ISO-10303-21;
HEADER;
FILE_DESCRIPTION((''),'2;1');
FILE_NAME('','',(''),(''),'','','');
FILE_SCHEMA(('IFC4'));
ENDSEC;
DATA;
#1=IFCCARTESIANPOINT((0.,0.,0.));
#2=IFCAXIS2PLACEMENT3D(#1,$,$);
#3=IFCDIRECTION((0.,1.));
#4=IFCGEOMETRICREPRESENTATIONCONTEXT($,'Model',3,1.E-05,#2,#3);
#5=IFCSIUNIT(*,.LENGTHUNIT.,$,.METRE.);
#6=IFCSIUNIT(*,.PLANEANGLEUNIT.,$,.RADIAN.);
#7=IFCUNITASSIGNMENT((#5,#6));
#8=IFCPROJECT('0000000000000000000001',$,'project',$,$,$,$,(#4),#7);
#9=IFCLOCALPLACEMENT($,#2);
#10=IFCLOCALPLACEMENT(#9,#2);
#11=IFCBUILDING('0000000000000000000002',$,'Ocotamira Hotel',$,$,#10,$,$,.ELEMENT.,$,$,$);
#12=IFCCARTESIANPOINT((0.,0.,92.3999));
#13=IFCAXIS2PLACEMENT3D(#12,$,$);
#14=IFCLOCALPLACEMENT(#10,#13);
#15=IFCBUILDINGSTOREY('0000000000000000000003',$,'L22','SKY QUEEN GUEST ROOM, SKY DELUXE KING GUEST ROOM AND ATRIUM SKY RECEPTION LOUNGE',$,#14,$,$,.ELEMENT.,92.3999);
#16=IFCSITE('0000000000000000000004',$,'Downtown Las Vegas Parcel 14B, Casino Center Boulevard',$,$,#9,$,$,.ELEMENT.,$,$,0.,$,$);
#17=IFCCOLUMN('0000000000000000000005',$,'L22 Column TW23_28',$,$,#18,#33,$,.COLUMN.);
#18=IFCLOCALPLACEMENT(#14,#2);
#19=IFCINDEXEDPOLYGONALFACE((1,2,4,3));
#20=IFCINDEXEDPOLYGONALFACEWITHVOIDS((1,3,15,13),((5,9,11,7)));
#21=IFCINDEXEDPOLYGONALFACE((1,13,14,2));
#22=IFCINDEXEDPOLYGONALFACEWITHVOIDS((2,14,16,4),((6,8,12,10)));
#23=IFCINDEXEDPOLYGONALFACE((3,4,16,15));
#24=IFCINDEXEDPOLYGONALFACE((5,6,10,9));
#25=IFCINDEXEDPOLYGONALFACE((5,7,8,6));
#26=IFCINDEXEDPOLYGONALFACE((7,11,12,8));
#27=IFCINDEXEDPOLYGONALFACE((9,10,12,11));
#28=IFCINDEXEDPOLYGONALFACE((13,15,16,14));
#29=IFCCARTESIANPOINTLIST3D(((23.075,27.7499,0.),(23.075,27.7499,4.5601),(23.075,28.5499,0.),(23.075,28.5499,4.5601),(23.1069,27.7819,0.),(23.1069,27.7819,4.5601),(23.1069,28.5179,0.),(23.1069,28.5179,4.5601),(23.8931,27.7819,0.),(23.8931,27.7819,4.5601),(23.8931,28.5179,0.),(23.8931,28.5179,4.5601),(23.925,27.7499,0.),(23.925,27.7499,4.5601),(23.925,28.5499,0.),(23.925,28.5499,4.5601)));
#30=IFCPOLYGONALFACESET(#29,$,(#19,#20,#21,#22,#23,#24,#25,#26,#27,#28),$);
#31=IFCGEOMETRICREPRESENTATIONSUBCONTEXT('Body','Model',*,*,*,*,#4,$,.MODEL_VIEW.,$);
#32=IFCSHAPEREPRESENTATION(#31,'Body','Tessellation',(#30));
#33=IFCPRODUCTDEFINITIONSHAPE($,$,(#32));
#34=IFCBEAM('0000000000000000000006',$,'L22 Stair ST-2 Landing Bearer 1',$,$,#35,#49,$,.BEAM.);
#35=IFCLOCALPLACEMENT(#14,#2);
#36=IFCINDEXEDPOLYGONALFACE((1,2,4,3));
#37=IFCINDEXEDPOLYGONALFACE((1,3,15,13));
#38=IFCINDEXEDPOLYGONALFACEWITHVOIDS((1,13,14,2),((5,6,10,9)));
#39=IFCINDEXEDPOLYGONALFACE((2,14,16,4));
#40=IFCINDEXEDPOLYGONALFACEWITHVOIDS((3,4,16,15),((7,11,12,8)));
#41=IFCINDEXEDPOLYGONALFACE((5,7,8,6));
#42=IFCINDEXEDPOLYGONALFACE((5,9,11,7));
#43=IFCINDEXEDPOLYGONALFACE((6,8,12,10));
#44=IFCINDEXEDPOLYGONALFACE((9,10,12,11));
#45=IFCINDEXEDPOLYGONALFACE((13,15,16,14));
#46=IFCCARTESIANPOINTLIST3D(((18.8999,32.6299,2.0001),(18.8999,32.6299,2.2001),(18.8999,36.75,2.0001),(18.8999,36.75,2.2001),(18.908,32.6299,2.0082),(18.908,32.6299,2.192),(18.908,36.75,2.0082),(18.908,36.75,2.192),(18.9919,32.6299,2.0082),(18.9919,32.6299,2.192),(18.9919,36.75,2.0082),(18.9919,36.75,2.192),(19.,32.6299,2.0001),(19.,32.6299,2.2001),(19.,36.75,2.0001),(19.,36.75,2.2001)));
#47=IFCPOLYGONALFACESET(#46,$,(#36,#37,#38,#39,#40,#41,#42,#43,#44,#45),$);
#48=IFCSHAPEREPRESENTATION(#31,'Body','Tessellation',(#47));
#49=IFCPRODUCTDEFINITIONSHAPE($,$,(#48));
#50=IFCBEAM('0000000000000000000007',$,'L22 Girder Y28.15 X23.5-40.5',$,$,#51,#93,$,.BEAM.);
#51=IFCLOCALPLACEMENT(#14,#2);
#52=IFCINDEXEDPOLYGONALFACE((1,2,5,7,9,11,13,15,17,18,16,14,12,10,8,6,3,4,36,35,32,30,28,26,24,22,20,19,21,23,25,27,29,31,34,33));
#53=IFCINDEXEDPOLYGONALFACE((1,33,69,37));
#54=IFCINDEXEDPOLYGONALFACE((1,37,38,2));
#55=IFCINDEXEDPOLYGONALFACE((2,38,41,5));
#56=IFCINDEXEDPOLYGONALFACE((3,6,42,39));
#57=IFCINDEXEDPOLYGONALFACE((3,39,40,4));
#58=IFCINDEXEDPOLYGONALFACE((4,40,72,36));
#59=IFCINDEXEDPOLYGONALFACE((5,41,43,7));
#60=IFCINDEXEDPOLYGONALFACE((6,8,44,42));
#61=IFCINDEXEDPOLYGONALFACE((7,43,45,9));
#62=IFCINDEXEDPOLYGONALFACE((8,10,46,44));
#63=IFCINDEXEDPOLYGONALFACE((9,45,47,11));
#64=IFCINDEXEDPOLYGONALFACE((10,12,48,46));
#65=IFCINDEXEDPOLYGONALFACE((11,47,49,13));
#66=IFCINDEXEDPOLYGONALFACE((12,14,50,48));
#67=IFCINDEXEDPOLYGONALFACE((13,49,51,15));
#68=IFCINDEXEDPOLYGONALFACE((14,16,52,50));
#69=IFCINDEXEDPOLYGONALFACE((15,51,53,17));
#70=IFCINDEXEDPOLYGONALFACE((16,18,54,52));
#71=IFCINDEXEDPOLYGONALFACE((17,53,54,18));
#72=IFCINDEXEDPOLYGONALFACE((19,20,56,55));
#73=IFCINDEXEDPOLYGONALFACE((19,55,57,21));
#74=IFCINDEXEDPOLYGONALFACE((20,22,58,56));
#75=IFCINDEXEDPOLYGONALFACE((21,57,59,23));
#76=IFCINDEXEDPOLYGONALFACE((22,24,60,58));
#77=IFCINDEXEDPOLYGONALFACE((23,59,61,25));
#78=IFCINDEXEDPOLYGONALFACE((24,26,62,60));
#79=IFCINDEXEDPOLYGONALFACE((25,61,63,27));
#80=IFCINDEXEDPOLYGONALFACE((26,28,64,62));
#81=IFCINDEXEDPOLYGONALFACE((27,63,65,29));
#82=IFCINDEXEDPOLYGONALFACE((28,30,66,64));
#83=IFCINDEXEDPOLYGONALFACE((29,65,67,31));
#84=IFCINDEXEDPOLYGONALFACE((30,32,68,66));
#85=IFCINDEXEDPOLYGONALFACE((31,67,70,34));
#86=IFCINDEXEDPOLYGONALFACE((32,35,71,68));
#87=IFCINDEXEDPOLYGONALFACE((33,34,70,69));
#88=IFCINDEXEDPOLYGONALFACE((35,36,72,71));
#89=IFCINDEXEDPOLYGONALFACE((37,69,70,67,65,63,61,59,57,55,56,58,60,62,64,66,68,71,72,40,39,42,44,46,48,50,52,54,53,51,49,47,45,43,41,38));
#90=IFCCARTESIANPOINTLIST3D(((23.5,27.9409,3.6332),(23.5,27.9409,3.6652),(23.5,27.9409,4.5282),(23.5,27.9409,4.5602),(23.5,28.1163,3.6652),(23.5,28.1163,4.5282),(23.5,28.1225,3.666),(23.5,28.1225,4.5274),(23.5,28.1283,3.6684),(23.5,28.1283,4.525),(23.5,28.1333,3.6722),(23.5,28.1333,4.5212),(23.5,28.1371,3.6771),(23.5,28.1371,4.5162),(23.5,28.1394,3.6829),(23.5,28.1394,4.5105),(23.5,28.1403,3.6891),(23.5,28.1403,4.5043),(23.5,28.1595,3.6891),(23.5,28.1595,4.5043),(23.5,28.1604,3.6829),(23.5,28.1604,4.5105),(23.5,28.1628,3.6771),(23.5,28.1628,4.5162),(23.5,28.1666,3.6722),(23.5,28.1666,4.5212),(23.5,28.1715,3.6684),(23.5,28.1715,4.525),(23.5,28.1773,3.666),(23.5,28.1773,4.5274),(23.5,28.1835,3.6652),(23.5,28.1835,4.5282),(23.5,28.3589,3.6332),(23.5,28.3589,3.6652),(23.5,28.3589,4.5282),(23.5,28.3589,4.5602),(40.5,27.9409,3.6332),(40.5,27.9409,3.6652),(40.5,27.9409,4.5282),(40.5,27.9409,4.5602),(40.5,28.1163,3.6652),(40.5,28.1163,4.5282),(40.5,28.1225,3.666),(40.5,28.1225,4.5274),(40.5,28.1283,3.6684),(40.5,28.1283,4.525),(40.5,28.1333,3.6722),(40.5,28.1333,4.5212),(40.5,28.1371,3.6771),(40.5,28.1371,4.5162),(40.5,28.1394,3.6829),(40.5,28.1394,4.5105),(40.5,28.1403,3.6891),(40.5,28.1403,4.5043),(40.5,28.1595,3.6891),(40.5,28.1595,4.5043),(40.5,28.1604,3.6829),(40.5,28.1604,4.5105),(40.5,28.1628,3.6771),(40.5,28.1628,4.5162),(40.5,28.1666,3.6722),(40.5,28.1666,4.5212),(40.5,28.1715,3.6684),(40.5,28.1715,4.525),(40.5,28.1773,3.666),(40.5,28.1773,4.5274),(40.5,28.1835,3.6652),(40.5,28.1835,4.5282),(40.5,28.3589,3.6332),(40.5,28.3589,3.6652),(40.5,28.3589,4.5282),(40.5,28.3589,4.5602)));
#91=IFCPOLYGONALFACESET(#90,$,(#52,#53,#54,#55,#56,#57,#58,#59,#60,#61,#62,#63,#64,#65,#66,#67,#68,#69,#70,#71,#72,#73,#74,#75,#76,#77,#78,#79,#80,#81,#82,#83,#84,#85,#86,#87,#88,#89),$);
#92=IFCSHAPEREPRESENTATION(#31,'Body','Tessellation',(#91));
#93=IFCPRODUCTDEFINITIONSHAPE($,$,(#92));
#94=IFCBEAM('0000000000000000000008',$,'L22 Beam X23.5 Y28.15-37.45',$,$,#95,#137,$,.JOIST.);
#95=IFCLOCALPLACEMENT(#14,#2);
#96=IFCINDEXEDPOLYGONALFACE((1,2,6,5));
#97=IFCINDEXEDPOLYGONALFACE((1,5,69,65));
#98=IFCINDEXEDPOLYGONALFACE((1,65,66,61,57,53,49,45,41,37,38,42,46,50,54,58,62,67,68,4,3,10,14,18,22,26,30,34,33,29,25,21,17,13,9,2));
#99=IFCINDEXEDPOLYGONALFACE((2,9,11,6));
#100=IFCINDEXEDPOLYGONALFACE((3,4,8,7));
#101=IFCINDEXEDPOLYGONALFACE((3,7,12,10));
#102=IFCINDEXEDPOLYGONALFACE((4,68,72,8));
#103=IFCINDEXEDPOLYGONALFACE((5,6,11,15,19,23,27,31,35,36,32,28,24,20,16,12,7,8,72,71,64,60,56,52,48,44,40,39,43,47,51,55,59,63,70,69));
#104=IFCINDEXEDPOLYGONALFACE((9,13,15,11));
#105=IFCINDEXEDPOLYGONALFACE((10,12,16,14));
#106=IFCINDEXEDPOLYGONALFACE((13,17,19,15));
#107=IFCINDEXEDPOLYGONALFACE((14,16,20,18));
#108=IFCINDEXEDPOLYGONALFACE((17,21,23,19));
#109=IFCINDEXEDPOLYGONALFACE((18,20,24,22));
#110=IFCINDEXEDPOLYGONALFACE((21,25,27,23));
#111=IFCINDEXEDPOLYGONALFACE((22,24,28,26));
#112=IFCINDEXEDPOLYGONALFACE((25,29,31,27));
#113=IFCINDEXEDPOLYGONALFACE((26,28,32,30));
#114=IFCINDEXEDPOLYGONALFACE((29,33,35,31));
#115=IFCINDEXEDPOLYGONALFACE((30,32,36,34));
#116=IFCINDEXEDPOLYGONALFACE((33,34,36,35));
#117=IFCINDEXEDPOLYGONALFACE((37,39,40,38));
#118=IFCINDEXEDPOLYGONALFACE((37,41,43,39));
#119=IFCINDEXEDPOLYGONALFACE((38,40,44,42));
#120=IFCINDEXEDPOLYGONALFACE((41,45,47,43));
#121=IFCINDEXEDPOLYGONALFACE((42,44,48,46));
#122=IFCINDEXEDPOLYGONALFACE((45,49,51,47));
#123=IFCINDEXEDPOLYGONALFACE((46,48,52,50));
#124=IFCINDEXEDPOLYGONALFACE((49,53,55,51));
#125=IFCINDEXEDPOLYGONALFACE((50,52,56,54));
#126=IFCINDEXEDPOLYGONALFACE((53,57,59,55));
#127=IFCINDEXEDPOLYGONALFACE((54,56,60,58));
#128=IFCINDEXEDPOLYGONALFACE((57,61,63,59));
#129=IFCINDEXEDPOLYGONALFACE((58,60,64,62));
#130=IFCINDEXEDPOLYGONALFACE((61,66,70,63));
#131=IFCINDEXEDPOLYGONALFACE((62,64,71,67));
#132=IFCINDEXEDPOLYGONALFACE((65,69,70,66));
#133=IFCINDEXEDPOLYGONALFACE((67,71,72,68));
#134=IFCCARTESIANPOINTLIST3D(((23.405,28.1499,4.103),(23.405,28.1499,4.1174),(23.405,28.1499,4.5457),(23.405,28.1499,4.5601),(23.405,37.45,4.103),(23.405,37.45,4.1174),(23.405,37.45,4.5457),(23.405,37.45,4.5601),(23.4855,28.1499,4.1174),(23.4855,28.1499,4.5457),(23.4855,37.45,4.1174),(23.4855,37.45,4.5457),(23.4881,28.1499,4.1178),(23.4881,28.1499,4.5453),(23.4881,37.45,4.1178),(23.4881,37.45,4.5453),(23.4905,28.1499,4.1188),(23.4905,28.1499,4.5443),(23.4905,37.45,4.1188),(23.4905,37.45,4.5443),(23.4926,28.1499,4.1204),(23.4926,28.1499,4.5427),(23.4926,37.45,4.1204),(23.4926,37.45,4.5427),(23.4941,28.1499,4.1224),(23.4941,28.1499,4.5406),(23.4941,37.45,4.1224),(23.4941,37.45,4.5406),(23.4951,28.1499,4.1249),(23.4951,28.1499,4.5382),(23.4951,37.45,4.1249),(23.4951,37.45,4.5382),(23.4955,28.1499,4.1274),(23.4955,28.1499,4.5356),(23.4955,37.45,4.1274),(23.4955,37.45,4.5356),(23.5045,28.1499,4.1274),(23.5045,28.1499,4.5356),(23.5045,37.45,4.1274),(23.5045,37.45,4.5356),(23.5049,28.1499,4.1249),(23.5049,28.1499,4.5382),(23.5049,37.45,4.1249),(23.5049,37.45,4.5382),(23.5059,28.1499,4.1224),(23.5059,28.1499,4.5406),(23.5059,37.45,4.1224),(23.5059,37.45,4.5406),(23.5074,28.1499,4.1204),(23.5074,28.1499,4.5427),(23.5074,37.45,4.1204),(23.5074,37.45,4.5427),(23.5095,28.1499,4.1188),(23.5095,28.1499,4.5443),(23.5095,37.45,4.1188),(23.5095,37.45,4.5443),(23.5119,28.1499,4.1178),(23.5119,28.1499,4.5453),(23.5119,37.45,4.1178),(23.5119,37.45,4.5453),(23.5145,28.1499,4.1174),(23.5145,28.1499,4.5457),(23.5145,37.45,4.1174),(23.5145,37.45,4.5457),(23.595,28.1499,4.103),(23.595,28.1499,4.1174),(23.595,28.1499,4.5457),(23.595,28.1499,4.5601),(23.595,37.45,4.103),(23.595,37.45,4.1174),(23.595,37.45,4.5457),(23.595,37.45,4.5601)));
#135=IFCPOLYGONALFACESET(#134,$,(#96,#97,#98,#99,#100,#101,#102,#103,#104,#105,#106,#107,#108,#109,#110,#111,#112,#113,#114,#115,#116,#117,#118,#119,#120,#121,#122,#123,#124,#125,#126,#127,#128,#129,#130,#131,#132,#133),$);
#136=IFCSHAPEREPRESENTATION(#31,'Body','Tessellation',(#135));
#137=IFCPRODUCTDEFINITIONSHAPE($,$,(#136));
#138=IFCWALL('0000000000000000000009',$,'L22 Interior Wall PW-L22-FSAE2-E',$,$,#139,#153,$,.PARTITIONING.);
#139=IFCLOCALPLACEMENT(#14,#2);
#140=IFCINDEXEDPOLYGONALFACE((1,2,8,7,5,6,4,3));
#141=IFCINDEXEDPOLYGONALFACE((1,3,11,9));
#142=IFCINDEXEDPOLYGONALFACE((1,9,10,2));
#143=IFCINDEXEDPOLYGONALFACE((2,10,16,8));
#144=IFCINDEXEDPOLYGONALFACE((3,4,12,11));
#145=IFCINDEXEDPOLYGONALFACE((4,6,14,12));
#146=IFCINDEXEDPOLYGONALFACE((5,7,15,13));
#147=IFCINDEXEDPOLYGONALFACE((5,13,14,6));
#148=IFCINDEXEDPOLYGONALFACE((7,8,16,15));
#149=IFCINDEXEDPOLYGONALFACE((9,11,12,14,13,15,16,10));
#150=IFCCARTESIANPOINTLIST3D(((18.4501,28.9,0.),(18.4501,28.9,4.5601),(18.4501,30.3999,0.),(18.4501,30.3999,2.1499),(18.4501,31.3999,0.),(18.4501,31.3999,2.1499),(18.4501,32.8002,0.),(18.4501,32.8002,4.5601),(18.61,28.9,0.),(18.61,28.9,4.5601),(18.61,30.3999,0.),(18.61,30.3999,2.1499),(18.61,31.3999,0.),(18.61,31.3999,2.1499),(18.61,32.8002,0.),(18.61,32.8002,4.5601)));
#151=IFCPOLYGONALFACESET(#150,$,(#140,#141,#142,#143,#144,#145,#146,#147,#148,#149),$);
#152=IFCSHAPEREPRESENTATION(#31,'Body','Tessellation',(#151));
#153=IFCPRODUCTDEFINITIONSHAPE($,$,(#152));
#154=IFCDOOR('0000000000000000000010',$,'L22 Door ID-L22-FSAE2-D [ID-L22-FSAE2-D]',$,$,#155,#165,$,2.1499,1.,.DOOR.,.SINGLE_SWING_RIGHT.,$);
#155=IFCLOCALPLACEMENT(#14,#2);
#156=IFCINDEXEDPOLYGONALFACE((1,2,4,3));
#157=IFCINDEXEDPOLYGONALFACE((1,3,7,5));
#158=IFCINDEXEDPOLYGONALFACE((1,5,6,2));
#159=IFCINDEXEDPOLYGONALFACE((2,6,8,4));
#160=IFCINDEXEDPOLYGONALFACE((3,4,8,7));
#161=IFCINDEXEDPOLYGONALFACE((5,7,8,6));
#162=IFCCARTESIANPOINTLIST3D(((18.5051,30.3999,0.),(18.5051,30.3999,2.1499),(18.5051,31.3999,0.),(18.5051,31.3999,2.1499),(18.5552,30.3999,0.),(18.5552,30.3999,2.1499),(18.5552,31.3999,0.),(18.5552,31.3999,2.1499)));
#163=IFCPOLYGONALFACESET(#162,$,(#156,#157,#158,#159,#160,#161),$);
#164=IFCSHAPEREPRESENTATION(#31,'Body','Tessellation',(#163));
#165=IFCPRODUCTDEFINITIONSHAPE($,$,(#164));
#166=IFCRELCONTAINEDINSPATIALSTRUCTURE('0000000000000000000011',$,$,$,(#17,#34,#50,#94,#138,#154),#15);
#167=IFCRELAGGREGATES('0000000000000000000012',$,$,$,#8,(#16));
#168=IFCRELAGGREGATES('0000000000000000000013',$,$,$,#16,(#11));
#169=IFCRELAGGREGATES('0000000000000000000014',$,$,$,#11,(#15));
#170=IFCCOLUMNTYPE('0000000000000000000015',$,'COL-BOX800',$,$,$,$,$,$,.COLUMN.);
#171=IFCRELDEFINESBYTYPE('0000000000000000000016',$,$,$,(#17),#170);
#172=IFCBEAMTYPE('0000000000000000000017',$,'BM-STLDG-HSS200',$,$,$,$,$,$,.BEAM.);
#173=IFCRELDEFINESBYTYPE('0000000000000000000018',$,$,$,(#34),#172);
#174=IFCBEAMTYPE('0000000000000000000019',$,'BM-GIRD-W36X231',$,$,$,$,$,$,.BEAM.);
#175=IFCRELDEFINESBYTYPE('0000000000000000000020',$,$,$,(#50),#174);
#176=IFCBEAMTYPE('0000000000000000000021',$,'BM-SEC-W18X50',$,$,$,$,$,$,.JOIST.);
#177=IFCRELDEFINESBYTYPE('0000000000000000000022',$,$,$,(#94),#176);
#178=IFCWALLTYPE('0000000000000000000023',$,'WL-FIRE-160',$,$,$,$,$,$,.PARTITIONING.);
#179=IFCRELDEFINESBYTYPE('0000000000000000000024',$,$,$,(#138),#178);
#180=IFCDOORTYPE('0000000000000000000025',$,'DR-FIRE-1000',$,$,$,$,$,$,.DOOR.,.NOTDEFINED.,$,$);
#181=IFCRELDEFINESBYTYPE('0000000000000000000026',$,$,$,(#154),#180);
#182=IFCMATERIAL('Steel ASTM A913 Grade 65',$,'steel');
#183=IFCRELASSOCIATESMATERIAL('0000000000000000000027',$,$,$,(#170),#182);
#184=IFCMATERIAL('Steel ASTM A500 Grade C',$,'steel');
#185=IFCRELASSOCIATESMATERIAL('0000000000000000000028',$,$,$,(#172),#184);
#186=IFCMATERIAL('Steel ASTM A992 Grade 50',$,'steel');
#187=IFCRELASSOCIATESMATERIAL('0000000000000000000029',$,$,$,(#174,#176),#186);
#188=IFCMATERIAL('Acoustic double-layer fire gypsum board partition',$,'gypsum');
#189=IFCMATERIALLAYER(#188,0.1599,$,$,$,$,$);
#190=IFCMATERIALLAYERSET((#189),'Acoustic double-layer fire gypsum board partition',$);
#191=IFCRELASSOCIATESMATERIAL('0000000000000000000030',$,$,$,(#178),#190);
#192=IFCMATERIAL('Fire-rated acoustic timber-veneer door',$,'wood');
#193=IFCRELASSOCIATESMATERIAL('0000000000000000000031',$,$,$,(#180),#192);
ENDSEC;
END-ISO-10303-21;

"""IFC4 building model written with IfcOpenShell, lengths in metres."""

from ifc_helpers import new_model, si_unit, direction, frame, frame_2d, origin, origin_2d, place, context, subcontext, project, spatial, rectangle, hollow_rectangle, i_section, extrude, source, transform, mapped, material, layer, layer_set, material_profile, profile_set, type_object, element, fill, save


model = new_model("IFC4")

# Units and contexts
model_context = context("Model", 3, precision=1e-05, world=origin(), true_north=direction((0.0, 1.0)))
body_context = subcontext(model_context, "Body", "Model", "MODEL_VIEW")
ifc_project = project(units=[si_unit("LENGTHUNIT", "METRE"), si_unit("PLANEANGLEUNIT", "RADIAN")], contexts=[model_context])

# Site, building, storey
site_placement = place(None, origin())
site = spatial("IfcSite", under=ifc_project, at=site_placement, Name="Downtown Las Vegas Parcel 14B, Casino Center Boulevard", CompositionType="ELEMENT", RefElevation=0.0)
building_placement = place(site_placement, origin())
building = spatial("IfcBuilding", under=site, at=building_placement, Name="Ocotamira Hotel", CompositionType="ELEMENT")
storey_placement = place(building_placement, frame((0.0, 0.0, 92.3999)))
storey = spatial("IfcBuildingStorey", under=building, at=storey_placement, Name="L22", Description="SKY QUEEN GUEST ROOM, SKY DELUXE KING GUEST ROOM AND ATRIUM SKY RECEPTION LOUNGE", CompositionType="ELEMENT", Elevation=92.3999)

# Column
ifc_material_1 = material(Name="Steel ASTM A913 Grade 65", Category="steel")
ifc_material_profile_1 = material_profile(ifc_material_1, hollow_rectangle(XDim=0.8501, YDim=0.8, WallThickness=0.032, at=origin_2d()), Name="BOX800X850X32")
ifc_profile_set_1 = profile_set([ifc_material_profile_1], Name="Steel ASTM A913 Grade 65")
column_type = type_object("IfcColumnType", Name="COL-BOX800", PredefinedType="COLUMN", material=ifc_profile_set_1)
shared_shape_1 = source(origin(), body_context, "Body", "SweptSolid", [
    extrude(hollow_rectangle(XDim=0.8501, YDim=0.8, WallThickness=0.032, at=origin_2d()), origin(), (0.0, 0.0, 1.0), 4.5601),
])
column_placement = place(storey_placement, frame((23.5, 28.1499, 0.0), z_axis=(0.0, 0.0, 1.0), x_axis=(1.0, 0.0, 0.0)))
element("IfcColumn", 1, at=column_placement, inside=storey, type_object=column_type, Name="L22 Column TW23_28", PredefinedType="COLUMN", context=body_context, shape_type="MappedRepresentation", body=[
    mapped(shared_shape_1, transform((0.0, 0.0, 0.0), scale=1.0)),
])

# Beams
ifc_material_2 = material(Name="Steel ASTM A500 Grade C", Category="steel")
ifc_material_profile_2 = material_profile(ifc_material_2, hollow_rectangle(XDim=0.1001, YDim=0.2, WallThickness=0.0081, at=origin_2d()), Name="HSS200X100X8")
ifc_profile_set_2 = profile_set([ifc_material_profile_2], Name="Steel ASTM A500 Grade C")
beam_type_1 = type_object("IfcBeamType", Name="BM-STLDG-HSS200", PredefinedType="BEAM", material=ifc_profile_set_2)
shared_shape_2 = source(origin(), body_context, "Body", "SweptSolid", [
    extrude(hollow_rectangle(XDim=0.1001, YDim=0.2, WallThickness=0.0081, at=origin_2d()), origin(), (0.0, 0.0, 1.0), 4.1201),
])
beam_1_placement = place(storey_placement, frame((18.95, 32.6299, 2.1001), z_axis=(0.0, 1.0, 0.0), x_axis=(-1.0, 0.0, 0.0)))
element("IfcBeam", 2, at=beam_1_placement, inside=storey, type_object=beam_type_1, Name="L22 Stair ST-2 Landing Bearer 1", PredefinedType="BEAM", context=body_context, shape_type="MappedRepresentation", body=[
    mapped(shared_shape_2, transform((0.0, 0.0, 0.0), scale=1.0)),
])
ifc_material_3 = material(Name="Steel ASTM A992 Grade 50", Category="steel")
ifc_material_profile_3 = material_profile(ifc_material_3, i_section(OverallWidth=0.418, OverallDepth=0.927, WebThickness=0.0193, FlangeThickness=0.032, FilletRadius=0.0239, at=origin_2d()), Name="W36X231")
ifc_profile_set_3 = profile_set([ifc_material_profile_3], Name="Steel ASTM A992 Grade 50")
beam_type_2 = type_object("IfcBeamType", Name="BM-GIRD-W36X231", PredefinedType="BEAM", material=ifc_profile_set_3)
shared_shape_3 = source(origin(), body_context, "Body", "SweptSolid", [
    extrude(i_section(OverallWidth=0.418, OverallDepth=0.927, WebThickness=0.0193, FlangeThickness=0.032, FilletRadius=0.0239, at=origin_2d()), origin(), (0.0, 0.0, 1.0), 17.0),
])
beam_2_placement = place(storey_placement, frame((23.5, 28.1499, 4.0967), z_axis=(1.0, 0.0, 0.0), x_axis=(0.0, 1.0, 0.0)))
element("IfcBeam", 3, at=beam_2_placement, inside=storey, type_object=beam_type_2, Name="L22 Girder Y28.15 X23.5-40.5", PredefinedType="BEAM", context=body_context, shape_type="MappedRepresentation", body=[
    mapped(shared_shape_3, transform((0.0, 0.0, 0.0), scale=1.0)),
])
ifc_material_profile_4 = material_profile(ifc_material_3, i_section(OverallWidth=0.1899, OverallDepth=0.457, WebThickness=0.009, FlangeThickness=0.0144, FilletRadius=0.01, at=origin_2d()), Name="W18X50")
ifc_profile_set_4 = profile_set([ifc_material_profile_4], Name="Steel ASTM A992 Grade 50")
beam_type_3 = type_object("IfcBeamType", Name="BM-SEC-W18X50", PredefinedType="JOIST", material=ifc_profile_set_4)
shared_shape_4 = source(origin(), body_context, "Body", "SweptSolid", [
    extrude(i_section(OverallWidth=0.1899, OverallDepth=0.457, WebThickness=0.009, FlangeThickness=0.0144, FilletRadius=0.01, at=origin_2d()), origin(), (0.0, 0.0, 1.0), 9.3),
])
beam_3_placement = place(storey_placement, frame((23.5, 28.1499, 4.3315), z_axis=(0.0, 1.0, 0.0), x_axis=(-1.0, 0.0, 0.0)))
element("IfcBeam", 4, at=beam_3_placement, inside=storey, type_object=beam_type_3, Name="L22 Beam X23.5 Y28.15-37.45", PredefinedType="JOIST", context=body_context, shape_type="MappedRepresentation", body=[
    mapped(shared_shape_4, transform((0.0, 0.0, 0.0), scale=1.0)),
])

# Wall, opening, door
ifc_material_4 = material(Name="Acoustic double-layer fire gypsum board partition", Category="gypsum")
ifc_layer_1 = layer(ifc_material_4, 0.1599)
ifc_layer_set_1 = layer_set([ifc_layer_1], Name="Acoustic double-layer fire gypsum board partition")
wall_type_1 = type_object("IfcWallType", Name="WL-FIRE-160", PredefinedType="PARTITIONING", material=ifc_layer_set_1)
wall_1_placement = place(storey_placement, frame((18.53, 28.8999, 0.0), z_axis=(0.0, 0.0, 1.0), x_axis=(0.0, 1.0, 0.0)))
wall_1 = element("IfcWall", 5, at=wall_1_placement, inside=storey, type_object=wall_type_1, Name="L22 Interior Wall PW-L22-FSAE2-E", PredefinedType="PARTITIONING", context=body_context, shape_type="SweptSolid", body=[
    extrude(rectangle(XDim=3.9001, YDim=0.1599, at=frame_2d((1.9502, 0.0))), origin(), (0.0, 0.0, 1.0), 4.5601),
])
opening_1_placement = place(wall_1_placement, frame((1.5, 0.0, 0.0)))
opening_1 = element("IfcOpeningElement", 6, at=opening_1_placement, cuts=wall_1, PredefinedType="OPENING", context=body_context, shape_type="SweptSolid", body=[
    extrude(rectangle(XDim=1.0, YDim=2.1499, at=frame_2d((0.5, 1.075))), frame((0.0, 0.0898, 0.0), z_axis=(0.0, -1.0, 0.0), x_axis=(1.0, 0.0, 0.0)), (0.0, 0.0, 1.0), 0.1799),
])
ifc_material_5 = material(Name="Fire-rated acoustic timber-veneer door", Category="wood")
door_type_1 = type_object("IfcDoorType", Name="DR-FIRE-1000", OperationType="NOTDEFINED", PredefinedType="DOOR", material=ifc_material_5)
shared_shape_5 = source(origin(), body_context, "Body", "SweptSolid", [
    extrude(rectangle(XDim=1.0, YDim=2.1499, at=frame_2d((0.5, 1.075))), frame((0.0, 0.0249, 0.0), z_axis=(0.0, -1.0, 0.0), x_axis=(1.0, 0.0, 0.0)), (0.0, 0.0, 1.0), 0.05),
])
door_1_placement = place(opening_1_placement, origin())
door_1 = element("IfcDoor", 7, at=door_1_placement, inside=storey, type_object=door_type_1, Name="L22 Door ID-L22-FSAE2-D [ID-L22-FSAE2-D]", OperationType="SINGLE_SWING_RIGHT", OverallHeight=2.1499, OverallWidth=1.0, PredefinedType="DOOR", context=body_context, shape_type="MappedRepresentation", body=[
    mapped(shared_shape_5, transform((0.0, 0.0, 0.0), scale=1.0)),
])
fill(opening_1, door_1)

save(model, "model.ifc")
